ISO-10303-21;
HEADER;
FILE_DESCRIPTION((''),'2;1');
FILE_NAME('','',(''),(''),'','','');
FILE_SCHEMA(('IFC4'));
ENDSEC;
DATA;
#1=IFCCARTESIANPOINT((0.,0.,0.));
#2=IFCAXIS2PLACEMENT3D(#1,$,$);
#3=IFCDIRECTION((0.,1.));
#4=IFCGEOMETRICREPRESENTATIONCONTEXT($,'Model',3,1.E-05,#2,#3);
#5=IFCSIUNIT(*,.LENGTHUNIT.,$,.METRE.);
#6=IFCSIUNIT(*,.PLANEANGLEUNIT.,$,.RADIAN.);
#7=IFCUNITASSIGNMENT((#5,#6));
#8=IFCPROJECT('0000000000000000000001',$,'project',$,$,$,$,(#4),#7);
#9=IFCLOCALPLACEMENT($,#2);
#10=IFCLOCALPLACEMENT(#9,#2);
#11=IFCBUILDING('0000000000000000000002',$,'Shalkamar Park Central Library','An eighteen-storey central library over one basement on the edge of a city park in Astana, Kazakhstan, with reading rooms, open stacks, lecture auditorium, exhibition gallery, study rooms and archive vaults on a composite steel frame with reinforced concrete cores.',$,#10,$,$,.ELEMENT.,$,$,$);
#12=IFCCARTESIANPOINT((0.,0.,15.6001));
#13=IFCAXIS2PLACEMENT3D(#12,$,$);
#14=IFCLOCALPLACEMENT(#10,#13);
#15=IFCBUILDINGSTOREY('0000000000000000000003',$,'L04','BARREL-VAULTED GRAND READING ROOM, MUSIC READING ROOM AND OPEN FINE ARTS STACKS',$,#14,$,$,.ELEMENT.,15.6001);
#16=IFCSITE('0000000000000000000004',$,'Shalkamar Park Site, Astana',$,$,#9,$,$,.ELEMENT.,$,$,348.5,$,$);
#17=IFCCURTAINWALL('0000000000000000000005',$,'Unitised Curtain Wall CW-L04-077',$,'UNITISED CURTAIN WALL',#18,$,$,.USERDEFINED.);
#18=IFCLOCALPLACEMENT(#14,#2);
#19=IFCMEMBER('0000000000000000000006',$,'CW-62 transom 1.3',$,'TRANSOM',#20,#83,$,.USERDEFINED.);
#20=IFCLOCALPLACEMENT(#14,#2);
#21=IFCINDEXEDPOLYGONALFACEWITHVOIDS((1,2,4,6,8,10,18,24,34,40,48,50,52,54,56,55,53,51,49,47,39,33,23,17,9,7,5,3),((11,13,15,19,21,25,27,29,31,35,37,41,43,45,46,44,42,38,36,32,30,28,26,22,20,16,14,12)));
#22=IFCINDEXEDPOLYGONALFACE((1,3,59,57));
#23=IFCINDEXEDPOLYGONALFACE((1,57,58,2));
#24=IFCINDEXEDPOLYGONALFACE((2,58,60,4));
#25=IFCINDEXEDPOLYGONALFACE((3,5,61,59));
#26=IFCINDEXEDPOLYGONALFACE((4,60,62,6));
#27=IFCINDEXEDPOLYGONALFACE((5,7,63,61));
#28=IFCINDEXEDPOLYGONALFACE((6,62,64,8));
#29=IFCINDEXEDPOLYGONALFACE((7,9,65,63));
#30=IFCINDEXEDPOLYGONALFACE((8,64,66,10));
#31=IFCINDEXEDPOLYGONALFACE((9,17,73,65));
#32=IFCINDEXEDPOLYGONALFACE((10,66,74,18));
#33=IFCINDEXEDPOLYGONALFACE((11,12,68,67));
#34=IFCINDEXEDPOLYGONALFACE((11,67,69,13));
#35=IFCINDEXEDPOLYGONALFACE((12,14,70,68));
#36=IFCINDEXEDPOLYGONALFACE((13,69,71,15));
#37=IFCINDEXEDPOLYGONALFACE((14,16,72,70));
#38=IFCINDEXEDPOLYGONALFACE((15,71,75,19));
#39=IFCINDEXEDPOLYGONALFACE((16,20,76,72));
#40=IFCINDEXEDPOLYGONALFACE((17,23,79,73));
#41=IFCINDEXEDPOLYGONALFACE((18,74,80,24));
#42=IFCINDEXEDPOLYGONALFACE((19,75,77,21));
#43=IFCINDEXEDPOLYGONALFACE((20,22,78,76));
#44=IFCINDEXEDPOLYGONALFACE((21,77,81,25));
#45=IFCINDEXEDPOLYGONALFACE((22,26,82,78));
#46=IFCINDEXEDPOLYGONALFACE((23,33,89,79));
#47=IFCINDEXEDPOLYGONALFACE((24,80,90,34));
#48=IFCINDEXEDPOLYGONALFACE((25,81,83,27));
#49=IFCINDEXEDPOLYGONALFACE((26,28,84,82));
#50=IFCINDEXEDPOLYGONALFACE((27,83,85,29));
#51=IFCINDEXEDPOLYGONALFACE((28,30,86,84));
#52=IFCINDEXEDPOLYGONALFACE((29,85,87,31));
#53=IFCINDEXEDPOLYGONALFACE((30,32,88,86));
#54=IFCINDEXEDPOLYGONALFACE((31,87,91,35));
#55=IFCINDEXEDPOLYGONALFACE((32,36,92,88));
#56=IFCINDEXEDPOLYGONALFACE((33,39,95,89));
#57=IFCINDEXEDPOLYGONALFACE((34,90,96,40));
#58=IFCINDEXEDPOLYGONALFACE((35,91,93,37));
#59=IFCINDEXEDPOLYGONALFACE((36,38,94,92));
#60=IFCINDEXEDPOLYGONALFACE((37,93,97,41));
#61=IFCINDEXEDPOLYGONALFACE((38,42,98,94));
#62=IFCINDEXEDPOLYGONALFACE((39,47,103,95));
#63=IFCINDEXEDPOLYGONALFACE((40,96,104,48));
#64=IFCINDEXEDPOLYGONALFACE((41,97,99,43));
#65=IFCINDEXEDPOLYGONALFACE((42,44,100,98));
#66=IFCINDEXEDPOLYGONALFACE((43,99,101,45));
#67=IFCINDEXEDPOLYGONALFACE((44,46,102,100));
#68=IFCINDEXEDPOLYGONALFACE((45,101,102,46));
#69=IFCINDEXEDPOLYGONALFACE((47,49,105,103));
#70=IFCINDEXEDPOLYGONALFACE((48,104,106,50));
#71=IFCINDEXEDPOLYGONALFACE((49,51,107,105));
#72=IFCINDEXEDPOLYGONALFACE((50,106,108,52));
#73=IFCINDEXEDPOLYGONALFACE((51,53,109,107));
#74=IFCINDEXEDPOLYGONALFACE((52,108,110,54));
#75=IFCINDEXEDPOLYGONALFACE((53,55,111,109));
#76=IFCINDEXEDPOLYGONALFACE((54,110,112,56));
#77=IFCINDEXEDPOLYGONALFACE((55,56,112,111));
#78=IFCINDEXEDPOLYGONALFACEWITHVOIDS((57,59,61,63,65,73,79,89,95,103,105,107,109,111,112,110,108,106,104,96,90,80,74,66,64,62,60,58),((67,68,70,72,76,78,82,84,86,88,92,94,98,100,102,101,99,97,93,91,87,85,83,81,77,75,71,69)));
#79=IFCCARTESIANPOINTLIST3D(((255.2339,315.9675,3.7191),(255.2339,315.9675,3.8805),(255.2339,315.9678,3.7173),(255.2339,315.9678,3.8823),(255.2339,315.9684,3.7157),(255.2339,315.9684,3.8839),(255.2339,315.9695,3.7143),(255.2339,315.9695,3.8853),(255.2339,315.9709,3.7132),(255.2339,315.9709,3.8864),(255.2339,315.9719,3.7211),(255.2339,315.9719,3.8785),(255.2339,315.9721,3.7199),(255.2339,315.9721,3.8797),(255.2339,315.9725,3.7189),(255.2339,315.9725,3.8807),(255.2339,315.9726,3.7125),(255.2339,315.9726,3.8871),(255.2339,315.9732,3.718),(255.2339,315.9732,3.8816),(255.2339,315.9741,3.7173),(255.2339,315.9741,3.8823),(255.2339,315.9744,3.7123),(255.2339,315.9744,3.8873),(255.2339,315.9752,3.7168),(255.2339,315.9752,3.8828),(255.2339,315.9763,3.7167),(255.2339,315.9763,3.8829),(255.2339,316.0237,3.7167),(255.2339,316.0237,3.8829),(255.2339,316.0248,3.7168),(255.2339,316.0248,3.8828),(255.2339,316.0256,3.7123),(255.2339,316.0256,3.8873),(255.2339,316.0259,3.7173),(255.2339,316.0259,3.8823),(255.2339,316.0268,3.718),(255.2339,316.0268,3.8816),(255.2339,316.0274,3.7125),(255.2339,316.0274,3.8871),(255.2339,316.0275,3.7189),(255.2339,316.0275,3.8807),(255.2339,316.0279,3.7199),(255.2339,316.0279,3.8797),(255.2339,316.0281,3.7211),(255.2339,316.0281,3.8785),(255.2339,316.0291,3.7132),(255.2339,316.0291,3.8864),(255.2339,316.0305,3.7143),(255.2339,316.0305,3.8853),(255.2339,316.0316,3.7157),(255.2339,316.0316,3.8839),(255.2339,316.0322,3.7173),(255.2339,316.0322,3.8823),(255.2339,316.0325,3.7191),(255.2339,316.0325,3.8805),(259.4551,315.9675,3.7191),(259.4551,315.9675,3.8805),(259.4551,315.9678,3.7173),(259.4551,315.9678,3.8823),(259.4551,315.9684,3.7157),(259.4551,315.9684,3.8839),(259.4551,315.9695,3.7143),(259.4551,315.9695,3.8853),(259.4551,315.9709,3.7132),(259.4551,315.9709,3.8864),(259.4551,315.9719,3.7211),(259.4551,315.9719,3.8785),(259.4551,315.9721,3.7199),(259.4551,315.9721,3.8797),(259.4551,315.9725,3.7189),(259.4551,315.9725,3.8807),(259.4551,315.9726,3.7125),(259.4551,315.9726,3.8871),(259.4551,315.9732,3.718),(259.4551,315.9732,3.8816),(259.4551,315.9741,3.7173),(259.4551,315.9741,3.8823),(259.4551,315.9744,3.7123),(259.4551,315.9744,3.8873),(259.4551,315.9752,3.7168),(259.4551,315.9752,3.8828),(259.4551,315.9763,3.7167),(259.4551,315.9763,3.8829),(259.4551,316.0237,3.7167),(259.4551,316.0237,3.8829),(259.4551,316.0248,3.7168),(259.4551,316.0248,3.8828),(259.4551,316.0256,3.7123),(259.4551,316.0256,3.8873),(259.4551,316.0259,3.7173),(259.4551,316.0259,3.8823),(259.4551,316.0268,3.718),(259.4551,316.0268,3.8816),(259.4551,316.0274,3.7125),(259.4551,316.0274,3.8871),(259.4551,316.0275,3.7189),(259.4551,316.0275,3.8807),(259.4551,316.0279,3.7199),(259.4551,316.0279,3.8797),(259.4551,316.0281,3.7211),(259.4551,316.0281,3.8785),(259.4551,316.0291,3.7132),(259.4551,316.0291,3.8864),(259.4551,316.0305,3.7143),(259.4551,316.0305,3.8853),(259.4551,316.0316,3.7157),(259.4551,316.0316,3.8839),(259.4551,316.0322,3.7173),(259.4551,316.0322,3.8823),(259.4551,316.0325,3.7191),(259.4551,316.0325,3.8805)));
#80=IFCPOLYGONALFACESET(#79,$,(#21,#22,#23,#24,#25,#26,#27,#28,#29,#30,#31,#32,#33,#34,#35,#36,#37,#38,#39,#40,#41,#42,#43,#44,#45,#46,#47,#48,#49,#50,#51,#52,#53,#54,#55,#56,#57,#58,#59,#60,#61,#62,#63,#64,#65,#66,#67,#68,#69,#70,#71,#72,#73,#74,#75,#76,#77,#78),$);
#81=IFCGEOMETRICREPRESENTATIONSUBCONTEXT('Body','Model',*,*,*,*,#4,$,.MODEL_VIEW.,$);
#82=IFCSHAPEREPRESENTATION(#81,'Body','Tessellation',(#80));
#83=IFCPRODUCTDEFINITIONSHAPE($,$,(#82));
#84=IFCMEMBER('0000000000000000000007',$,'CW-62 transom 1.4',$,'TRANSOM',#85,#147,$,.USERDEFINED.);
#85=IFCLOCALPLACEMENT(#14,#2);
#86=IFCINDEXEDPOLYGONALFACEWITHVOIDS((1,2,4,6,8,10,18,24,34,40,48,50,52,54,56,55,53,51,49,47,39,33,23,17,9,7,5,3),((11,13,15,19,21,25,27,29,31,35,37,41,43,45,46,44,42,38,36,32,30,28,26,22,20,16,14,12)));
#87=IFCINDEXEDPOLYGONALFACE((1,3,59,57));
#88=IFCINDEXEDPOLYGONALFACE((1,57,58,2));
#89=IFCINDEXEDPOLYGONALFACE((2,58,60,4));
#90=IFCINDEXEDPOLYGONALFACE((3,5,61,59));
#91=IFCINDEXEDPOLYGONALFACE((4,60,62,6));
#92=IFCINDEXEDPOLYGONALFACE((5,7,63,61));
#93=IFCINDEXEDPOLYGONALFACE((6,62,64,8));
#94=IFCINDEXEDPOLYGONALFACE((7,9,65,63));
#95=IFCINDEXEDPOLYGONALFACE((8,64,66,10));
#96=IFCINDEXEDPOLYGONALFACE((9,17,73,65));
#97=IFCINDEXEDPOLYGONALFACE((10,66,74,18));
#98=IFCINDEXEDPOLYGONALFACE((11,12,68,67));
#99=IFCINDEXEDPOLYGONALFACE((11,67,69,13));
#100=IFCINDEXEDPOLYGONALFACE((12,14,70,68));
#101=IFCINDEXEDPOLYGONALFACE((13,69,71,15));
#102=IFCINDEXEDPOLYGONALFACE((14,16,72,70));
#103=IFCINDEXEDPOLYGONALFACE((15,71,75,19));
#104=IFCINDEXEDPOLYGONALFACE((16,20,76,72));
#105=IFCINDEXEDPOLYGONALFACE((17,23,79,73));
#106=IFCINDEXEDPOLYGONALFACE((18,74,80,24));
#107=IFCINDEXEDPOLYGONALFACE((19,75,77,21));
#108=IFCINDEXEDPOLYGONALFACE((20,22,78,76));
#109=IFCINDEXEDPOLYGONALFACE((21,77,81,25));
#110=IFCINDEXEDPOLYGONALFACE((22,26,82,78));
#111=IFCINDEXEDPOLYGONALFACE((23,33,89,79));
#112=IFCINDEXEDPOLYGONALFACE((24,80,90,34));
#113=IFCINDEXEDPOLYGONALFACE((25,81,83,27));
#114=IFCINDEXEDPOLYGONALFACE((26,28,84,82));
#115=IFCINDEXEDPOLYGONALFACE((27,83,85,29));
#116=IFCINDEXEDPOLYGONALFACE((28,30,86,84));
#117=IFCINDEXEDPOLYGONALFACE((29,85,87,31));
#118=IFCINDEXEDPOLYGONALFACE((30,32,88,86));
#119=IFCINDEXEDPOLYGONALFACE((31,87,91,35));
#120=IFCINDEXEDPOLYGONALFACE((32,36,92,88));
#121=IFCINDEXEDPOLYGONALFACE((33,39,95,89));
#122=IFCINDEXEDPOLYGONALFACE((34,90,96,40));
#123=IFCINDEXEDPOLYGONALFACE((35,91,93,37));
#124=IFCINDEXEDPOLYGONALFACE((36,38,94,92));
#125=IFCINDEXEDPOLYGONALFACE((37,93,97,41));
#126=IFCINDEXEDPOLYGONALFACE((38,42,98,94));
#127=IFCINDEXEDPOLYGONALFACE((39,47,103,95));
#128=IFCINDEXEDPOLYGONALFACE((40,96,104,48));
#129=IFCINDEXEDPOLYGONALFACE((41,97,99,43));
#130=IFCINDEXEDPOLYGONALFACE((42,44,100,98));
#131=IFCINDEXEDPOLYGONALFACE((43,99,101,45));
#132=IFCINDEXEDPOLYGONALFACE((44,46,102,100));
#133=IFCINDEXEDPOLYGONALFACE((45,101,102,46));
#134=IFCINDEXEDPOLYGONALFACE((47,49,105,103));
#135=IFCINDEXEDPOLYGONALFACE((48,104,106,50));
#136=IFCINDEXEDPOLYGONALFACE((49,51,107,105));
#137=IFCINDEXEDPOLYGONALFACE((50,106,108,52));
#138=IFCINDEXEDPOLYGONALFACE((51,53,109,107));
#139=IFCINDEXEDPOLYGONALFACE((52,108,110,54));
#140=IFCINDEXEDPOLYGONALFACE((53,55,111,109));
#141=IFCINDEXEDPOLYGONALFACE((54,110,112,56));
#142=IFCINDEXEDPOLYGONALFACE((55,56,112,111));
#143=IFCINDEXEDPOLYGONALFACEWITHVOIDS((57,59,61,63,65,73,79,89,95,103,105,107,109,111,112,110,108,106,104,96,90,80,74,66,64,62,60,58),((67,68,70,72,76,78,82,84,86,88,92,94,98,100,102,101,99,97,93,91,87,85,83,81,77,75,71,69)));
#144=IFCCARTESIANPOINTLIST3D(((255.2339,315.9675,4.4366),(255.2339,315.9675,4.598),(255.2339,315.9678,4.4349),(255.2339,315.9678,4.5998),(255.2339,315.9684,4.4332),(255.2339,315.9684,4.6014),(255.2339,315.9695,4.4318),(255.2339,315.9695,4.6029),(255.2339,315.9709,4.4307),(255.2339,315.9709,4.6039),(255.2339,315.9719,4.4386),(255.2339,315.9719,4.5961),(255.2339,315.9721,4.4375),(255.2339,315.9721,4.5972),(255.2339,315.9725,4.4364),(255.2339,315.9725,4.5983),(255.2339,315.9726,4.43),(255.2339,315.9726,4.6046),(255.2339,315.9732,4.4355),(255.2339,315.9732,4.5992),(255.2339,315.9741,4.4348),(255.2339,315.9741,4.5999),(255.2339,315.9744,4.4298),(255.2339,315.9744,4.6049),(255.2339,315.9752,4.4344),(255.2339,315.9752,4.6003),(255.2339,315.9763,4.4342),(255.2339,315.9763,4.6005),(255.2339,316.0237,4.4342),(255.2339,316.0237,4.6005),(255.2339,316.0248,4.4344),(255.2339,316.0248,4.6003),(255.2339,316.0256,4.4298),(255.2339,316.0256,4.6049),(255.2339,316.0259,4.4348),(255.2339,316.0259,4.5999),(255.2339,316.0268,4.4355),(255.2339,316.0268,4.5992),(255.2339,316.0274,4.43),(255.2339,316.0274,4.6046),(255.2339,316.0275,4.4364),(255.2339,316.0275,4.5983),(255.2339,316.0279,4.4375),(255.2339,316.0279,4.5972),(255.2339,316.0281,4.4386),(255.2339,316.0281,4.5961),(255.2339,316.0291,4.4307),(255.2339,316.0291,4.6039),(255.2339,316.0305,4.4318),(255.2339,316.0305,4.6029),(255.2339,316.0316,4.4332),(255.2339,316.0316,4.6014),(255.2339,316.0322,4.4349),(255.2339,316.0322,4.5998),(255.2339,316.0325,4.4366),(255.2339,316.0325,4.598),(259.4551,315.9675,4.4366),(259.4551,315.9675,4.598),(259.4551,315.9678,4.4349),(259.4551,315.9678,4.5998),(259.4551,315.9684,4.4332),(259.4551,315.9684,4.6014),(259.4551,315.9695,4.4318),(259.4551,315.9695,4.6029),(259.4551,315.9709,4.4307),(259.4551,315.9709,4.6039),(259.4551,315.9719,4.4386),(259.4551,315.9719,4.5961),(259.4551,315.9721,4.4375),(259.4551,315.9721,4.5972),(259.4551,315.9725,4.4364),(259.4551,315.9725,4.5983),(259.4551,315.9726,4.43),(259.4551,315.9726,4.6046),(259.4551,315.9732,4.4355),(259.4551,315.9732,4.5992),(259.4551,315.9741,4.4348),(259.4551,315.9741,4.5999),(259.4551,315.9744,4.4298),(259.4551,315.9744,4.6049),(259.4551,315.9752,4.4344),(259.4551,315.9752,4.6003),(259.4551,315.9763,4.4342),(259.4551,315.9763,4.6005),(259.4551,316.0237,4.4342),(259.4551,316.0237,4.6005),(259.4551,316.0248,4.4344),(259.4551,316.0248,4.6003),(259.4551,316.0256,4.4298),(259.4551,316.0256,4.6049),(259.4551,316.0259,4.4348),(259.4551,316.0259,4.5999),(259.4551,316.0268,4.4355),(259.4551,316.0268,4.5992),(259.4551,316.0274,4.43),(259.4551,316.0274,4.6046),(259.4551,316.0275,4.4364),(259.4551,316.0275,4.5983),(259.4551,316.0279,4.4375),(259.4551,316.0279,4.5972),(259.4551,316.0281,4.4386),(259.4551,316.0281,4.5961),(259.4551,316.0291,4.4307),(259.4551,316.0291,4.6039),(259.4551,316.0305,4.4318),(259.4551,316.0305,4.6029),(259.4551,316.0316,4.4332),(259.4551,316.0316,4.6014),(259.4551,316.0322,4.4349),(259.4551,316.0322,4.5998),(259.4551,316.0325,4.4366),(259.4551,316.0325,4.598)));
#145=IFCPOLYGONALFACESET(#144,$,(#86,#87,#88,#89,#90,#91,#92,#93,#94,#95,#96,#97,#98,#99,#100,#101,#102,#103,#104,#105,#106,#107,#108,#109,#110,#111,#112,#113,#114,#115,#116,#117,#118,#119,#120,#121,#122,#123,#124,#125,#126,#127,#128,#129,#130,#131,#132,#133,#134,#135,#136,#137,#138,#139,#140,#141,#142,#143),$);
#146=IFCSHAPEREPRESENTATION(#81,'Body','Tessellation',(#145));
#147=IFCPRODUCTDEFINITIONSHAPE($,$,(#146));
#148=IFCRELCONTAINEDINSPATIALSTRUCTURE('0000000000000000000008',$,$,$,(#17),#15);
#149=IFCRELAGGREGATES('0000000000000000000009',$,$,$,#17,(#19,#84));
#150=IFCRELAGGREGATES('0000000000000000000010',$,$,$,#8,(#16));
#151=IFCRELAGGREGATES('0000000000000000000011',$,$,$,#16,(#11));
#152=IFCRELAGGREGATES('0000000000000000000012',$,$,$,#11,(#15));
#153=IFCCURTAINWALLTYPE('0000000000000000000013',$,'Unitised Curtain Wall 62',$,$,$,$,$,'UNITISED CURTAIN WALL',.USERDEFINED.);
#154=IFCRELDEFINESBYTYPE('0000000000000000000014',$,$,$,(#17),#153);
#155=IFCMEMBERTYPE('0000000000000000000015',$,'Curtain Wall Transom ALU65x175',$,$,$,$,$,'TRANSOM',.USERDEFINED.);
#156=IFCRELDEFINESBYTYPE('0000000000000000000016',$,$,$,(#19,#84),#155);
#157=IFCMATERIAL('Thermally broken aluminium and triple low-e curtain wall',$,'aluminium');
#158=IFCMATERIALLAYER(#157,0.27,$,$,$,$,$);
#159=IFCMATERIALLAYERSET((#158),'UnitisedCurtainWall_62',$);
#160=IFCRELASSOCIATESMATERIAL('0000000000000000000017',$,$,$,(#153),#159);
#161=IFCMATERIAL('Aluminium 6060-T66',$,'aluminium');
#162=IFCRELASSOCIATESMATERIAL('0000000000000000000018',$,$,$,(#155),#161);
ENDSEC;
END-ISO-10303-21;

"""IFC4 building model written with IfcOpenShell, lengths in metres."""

from ifc_helpers import new_model, si_unit, direction, frame, origin, origin_2d, place, context, subcontext, project, spatial, hollow_rectangle, extrude, material, layer, layer_set, material_profile, profile_set, type_object, element, aggregate, save


model = new_model("IFC4")

# Units and contexts
model_context = context("Model", 3, precision=1e-05, world=origin(), true_north=direction((0.0, 1.0)))
body_context = subcontext(model_context, "Body", "Model", "MODEL_VIEW")
ifc_project = project(units=[si_unit("LENGTHUNIT", "METRE"), si_unit("PLANEANGLEUNIT", "RADIAN")], contexts=[model_context])

# Site, building, storey
site_placement = place(None, origin())
site = spatial("IfcSite", under=ifc_project, at=site_placement, Name="Shalkamar Park Site, Astana", CompositionType="ELEMENT", RefElevation=348.5)
building_placement = place(site_placement, origin())
building = spatial("IfcBuilding", under=site, at=building_placement, Name="Shalkamar Park Central Library", Description="An eighteen-storey central library over one basement on the edge of a city park in Astana, Kazakhstan, with reading rooms, open stacks, lecture auditorium, exhibition gallery, study rooms and archive vaults on a composite steel frame with reinforced concrete cores.", CompositionType="ELEMENT")
storey_placement = place(building_placement, frame((0.0, 0.0, 15.6001)))
storey = spatial("IfcBuildingStorey", under=building, at=storey_placement, Name="L04", Description="BARREL-VAULTED GRAND READING ROOM, MUSIC READING ROOM AND OPEN FINE ARTS STACKS", CompositionType="ELEMENT", Elevation=15.6001)

# Shared definitions
ifc_material_1 = material(Name="Thermally broken aluminium and triple low-e curtain wall", Category="aluminium")
ifc_material_2 = material(Name="Aluminium 6060-T66", Category="aluminium")

# Curtain wall
ifc_layer_1 = layer(ifc_material_1, 0.27)
ifc_layer_set_1 = layer_set([ifc_layer_1], Name="UnitisedCurtainWall_62")
curtain_wall_type_1 = type_object("IfcCurtainWallType", Name="Unitised Curtain Wall 62", ElementType="UNITISED CURTAIN WALL", PredefinedType="USERDEFINED", material=ifc_layer_set_1)
curtain_wall_1_placement = place(storey_placement, origin())
curtain_wall_1 = element("IfcCurtainWall", 1, at=curtain_wall_1_placement, inside=storey, type_object=curtain_wall_type_1, Name="Unitised Curtain Wall CW-L04-077", ObjectType="UNITISED CURTAIN WALL", PredefinedType="USERDEFINED")

# Members
ifc_material_profile_1 = material_profile(ifc_material_2, hollow_rectangle(XDim=0.0649, YDim=0.175, WallThickness=0.0044, InnerFilletRadius=0.0044, OuterFilletRadius=0.0068, at=origin_2d()), Name="ALU 65x175x4.5")
ifc_profile_set_1 = profile_set([ifc_material_profile_1], Name="Aluminium 6060-T66")
member_type_1 = type_object("IfcMemberType", Name="Curtain Wall Transom ALU65x175", ElementType="TRANSOM", PredefinedType="USERDEFINED", material=ifc_profile_set_1)
member_1_placement = place(storey_placement, frame((255.2339, 316.0, 3.7998), z_axis=(1.0, 0.0, 0.0), x_axis=(0.0, 1.0, 0.0)))
member_1 = element("IfcMember", 2, at=member_1_placement, type_object=member_type_1, Name="CW-62 transom 1.3", ObjectType="TRANSOM", PredefinedType="USERDEFINED", context=body_context, shape_type="SweptSolid", body=[
    extrude(hollow_rectangle(XDim=0.0649, YDim=0.175, WallThickness=0.0044, InnerFilletRadius=0.0044, OuterFilletRadius=0.0068, at=origin_2d()), origin(), (0.0, 0.0, 1.0), 4.2212),
])
member_2_placement = place(storey_placement, frame((255.2339, 316.0, 4.5173), z_axis=(1.0, 0.0, 0.0), x_axis=(0.0, 1.0, 0.0)))
member_2 = element("IfcMember", 3, at=member_2_placement, type_object=member_type_1, Name="CW-62 transom 1.4", ObjectType="TRANSOM", PredefinedType="USERDEFINED", context=body_context, shape_type="SweptSolid", body=[
    extrude(hollow_rectangle(XDim=0.0649, YDim=0.175, WallThickness=0.0044, InnerFilletRadius=0.0044, OuterFilletRadius=0.0068, at=origin_2d()), origin(), (0.0, 0.0, 1.0), 4.2212),
])

aggregate(curtain_wall_1, [member_1, member_2])

save(model, "model.ifc")
